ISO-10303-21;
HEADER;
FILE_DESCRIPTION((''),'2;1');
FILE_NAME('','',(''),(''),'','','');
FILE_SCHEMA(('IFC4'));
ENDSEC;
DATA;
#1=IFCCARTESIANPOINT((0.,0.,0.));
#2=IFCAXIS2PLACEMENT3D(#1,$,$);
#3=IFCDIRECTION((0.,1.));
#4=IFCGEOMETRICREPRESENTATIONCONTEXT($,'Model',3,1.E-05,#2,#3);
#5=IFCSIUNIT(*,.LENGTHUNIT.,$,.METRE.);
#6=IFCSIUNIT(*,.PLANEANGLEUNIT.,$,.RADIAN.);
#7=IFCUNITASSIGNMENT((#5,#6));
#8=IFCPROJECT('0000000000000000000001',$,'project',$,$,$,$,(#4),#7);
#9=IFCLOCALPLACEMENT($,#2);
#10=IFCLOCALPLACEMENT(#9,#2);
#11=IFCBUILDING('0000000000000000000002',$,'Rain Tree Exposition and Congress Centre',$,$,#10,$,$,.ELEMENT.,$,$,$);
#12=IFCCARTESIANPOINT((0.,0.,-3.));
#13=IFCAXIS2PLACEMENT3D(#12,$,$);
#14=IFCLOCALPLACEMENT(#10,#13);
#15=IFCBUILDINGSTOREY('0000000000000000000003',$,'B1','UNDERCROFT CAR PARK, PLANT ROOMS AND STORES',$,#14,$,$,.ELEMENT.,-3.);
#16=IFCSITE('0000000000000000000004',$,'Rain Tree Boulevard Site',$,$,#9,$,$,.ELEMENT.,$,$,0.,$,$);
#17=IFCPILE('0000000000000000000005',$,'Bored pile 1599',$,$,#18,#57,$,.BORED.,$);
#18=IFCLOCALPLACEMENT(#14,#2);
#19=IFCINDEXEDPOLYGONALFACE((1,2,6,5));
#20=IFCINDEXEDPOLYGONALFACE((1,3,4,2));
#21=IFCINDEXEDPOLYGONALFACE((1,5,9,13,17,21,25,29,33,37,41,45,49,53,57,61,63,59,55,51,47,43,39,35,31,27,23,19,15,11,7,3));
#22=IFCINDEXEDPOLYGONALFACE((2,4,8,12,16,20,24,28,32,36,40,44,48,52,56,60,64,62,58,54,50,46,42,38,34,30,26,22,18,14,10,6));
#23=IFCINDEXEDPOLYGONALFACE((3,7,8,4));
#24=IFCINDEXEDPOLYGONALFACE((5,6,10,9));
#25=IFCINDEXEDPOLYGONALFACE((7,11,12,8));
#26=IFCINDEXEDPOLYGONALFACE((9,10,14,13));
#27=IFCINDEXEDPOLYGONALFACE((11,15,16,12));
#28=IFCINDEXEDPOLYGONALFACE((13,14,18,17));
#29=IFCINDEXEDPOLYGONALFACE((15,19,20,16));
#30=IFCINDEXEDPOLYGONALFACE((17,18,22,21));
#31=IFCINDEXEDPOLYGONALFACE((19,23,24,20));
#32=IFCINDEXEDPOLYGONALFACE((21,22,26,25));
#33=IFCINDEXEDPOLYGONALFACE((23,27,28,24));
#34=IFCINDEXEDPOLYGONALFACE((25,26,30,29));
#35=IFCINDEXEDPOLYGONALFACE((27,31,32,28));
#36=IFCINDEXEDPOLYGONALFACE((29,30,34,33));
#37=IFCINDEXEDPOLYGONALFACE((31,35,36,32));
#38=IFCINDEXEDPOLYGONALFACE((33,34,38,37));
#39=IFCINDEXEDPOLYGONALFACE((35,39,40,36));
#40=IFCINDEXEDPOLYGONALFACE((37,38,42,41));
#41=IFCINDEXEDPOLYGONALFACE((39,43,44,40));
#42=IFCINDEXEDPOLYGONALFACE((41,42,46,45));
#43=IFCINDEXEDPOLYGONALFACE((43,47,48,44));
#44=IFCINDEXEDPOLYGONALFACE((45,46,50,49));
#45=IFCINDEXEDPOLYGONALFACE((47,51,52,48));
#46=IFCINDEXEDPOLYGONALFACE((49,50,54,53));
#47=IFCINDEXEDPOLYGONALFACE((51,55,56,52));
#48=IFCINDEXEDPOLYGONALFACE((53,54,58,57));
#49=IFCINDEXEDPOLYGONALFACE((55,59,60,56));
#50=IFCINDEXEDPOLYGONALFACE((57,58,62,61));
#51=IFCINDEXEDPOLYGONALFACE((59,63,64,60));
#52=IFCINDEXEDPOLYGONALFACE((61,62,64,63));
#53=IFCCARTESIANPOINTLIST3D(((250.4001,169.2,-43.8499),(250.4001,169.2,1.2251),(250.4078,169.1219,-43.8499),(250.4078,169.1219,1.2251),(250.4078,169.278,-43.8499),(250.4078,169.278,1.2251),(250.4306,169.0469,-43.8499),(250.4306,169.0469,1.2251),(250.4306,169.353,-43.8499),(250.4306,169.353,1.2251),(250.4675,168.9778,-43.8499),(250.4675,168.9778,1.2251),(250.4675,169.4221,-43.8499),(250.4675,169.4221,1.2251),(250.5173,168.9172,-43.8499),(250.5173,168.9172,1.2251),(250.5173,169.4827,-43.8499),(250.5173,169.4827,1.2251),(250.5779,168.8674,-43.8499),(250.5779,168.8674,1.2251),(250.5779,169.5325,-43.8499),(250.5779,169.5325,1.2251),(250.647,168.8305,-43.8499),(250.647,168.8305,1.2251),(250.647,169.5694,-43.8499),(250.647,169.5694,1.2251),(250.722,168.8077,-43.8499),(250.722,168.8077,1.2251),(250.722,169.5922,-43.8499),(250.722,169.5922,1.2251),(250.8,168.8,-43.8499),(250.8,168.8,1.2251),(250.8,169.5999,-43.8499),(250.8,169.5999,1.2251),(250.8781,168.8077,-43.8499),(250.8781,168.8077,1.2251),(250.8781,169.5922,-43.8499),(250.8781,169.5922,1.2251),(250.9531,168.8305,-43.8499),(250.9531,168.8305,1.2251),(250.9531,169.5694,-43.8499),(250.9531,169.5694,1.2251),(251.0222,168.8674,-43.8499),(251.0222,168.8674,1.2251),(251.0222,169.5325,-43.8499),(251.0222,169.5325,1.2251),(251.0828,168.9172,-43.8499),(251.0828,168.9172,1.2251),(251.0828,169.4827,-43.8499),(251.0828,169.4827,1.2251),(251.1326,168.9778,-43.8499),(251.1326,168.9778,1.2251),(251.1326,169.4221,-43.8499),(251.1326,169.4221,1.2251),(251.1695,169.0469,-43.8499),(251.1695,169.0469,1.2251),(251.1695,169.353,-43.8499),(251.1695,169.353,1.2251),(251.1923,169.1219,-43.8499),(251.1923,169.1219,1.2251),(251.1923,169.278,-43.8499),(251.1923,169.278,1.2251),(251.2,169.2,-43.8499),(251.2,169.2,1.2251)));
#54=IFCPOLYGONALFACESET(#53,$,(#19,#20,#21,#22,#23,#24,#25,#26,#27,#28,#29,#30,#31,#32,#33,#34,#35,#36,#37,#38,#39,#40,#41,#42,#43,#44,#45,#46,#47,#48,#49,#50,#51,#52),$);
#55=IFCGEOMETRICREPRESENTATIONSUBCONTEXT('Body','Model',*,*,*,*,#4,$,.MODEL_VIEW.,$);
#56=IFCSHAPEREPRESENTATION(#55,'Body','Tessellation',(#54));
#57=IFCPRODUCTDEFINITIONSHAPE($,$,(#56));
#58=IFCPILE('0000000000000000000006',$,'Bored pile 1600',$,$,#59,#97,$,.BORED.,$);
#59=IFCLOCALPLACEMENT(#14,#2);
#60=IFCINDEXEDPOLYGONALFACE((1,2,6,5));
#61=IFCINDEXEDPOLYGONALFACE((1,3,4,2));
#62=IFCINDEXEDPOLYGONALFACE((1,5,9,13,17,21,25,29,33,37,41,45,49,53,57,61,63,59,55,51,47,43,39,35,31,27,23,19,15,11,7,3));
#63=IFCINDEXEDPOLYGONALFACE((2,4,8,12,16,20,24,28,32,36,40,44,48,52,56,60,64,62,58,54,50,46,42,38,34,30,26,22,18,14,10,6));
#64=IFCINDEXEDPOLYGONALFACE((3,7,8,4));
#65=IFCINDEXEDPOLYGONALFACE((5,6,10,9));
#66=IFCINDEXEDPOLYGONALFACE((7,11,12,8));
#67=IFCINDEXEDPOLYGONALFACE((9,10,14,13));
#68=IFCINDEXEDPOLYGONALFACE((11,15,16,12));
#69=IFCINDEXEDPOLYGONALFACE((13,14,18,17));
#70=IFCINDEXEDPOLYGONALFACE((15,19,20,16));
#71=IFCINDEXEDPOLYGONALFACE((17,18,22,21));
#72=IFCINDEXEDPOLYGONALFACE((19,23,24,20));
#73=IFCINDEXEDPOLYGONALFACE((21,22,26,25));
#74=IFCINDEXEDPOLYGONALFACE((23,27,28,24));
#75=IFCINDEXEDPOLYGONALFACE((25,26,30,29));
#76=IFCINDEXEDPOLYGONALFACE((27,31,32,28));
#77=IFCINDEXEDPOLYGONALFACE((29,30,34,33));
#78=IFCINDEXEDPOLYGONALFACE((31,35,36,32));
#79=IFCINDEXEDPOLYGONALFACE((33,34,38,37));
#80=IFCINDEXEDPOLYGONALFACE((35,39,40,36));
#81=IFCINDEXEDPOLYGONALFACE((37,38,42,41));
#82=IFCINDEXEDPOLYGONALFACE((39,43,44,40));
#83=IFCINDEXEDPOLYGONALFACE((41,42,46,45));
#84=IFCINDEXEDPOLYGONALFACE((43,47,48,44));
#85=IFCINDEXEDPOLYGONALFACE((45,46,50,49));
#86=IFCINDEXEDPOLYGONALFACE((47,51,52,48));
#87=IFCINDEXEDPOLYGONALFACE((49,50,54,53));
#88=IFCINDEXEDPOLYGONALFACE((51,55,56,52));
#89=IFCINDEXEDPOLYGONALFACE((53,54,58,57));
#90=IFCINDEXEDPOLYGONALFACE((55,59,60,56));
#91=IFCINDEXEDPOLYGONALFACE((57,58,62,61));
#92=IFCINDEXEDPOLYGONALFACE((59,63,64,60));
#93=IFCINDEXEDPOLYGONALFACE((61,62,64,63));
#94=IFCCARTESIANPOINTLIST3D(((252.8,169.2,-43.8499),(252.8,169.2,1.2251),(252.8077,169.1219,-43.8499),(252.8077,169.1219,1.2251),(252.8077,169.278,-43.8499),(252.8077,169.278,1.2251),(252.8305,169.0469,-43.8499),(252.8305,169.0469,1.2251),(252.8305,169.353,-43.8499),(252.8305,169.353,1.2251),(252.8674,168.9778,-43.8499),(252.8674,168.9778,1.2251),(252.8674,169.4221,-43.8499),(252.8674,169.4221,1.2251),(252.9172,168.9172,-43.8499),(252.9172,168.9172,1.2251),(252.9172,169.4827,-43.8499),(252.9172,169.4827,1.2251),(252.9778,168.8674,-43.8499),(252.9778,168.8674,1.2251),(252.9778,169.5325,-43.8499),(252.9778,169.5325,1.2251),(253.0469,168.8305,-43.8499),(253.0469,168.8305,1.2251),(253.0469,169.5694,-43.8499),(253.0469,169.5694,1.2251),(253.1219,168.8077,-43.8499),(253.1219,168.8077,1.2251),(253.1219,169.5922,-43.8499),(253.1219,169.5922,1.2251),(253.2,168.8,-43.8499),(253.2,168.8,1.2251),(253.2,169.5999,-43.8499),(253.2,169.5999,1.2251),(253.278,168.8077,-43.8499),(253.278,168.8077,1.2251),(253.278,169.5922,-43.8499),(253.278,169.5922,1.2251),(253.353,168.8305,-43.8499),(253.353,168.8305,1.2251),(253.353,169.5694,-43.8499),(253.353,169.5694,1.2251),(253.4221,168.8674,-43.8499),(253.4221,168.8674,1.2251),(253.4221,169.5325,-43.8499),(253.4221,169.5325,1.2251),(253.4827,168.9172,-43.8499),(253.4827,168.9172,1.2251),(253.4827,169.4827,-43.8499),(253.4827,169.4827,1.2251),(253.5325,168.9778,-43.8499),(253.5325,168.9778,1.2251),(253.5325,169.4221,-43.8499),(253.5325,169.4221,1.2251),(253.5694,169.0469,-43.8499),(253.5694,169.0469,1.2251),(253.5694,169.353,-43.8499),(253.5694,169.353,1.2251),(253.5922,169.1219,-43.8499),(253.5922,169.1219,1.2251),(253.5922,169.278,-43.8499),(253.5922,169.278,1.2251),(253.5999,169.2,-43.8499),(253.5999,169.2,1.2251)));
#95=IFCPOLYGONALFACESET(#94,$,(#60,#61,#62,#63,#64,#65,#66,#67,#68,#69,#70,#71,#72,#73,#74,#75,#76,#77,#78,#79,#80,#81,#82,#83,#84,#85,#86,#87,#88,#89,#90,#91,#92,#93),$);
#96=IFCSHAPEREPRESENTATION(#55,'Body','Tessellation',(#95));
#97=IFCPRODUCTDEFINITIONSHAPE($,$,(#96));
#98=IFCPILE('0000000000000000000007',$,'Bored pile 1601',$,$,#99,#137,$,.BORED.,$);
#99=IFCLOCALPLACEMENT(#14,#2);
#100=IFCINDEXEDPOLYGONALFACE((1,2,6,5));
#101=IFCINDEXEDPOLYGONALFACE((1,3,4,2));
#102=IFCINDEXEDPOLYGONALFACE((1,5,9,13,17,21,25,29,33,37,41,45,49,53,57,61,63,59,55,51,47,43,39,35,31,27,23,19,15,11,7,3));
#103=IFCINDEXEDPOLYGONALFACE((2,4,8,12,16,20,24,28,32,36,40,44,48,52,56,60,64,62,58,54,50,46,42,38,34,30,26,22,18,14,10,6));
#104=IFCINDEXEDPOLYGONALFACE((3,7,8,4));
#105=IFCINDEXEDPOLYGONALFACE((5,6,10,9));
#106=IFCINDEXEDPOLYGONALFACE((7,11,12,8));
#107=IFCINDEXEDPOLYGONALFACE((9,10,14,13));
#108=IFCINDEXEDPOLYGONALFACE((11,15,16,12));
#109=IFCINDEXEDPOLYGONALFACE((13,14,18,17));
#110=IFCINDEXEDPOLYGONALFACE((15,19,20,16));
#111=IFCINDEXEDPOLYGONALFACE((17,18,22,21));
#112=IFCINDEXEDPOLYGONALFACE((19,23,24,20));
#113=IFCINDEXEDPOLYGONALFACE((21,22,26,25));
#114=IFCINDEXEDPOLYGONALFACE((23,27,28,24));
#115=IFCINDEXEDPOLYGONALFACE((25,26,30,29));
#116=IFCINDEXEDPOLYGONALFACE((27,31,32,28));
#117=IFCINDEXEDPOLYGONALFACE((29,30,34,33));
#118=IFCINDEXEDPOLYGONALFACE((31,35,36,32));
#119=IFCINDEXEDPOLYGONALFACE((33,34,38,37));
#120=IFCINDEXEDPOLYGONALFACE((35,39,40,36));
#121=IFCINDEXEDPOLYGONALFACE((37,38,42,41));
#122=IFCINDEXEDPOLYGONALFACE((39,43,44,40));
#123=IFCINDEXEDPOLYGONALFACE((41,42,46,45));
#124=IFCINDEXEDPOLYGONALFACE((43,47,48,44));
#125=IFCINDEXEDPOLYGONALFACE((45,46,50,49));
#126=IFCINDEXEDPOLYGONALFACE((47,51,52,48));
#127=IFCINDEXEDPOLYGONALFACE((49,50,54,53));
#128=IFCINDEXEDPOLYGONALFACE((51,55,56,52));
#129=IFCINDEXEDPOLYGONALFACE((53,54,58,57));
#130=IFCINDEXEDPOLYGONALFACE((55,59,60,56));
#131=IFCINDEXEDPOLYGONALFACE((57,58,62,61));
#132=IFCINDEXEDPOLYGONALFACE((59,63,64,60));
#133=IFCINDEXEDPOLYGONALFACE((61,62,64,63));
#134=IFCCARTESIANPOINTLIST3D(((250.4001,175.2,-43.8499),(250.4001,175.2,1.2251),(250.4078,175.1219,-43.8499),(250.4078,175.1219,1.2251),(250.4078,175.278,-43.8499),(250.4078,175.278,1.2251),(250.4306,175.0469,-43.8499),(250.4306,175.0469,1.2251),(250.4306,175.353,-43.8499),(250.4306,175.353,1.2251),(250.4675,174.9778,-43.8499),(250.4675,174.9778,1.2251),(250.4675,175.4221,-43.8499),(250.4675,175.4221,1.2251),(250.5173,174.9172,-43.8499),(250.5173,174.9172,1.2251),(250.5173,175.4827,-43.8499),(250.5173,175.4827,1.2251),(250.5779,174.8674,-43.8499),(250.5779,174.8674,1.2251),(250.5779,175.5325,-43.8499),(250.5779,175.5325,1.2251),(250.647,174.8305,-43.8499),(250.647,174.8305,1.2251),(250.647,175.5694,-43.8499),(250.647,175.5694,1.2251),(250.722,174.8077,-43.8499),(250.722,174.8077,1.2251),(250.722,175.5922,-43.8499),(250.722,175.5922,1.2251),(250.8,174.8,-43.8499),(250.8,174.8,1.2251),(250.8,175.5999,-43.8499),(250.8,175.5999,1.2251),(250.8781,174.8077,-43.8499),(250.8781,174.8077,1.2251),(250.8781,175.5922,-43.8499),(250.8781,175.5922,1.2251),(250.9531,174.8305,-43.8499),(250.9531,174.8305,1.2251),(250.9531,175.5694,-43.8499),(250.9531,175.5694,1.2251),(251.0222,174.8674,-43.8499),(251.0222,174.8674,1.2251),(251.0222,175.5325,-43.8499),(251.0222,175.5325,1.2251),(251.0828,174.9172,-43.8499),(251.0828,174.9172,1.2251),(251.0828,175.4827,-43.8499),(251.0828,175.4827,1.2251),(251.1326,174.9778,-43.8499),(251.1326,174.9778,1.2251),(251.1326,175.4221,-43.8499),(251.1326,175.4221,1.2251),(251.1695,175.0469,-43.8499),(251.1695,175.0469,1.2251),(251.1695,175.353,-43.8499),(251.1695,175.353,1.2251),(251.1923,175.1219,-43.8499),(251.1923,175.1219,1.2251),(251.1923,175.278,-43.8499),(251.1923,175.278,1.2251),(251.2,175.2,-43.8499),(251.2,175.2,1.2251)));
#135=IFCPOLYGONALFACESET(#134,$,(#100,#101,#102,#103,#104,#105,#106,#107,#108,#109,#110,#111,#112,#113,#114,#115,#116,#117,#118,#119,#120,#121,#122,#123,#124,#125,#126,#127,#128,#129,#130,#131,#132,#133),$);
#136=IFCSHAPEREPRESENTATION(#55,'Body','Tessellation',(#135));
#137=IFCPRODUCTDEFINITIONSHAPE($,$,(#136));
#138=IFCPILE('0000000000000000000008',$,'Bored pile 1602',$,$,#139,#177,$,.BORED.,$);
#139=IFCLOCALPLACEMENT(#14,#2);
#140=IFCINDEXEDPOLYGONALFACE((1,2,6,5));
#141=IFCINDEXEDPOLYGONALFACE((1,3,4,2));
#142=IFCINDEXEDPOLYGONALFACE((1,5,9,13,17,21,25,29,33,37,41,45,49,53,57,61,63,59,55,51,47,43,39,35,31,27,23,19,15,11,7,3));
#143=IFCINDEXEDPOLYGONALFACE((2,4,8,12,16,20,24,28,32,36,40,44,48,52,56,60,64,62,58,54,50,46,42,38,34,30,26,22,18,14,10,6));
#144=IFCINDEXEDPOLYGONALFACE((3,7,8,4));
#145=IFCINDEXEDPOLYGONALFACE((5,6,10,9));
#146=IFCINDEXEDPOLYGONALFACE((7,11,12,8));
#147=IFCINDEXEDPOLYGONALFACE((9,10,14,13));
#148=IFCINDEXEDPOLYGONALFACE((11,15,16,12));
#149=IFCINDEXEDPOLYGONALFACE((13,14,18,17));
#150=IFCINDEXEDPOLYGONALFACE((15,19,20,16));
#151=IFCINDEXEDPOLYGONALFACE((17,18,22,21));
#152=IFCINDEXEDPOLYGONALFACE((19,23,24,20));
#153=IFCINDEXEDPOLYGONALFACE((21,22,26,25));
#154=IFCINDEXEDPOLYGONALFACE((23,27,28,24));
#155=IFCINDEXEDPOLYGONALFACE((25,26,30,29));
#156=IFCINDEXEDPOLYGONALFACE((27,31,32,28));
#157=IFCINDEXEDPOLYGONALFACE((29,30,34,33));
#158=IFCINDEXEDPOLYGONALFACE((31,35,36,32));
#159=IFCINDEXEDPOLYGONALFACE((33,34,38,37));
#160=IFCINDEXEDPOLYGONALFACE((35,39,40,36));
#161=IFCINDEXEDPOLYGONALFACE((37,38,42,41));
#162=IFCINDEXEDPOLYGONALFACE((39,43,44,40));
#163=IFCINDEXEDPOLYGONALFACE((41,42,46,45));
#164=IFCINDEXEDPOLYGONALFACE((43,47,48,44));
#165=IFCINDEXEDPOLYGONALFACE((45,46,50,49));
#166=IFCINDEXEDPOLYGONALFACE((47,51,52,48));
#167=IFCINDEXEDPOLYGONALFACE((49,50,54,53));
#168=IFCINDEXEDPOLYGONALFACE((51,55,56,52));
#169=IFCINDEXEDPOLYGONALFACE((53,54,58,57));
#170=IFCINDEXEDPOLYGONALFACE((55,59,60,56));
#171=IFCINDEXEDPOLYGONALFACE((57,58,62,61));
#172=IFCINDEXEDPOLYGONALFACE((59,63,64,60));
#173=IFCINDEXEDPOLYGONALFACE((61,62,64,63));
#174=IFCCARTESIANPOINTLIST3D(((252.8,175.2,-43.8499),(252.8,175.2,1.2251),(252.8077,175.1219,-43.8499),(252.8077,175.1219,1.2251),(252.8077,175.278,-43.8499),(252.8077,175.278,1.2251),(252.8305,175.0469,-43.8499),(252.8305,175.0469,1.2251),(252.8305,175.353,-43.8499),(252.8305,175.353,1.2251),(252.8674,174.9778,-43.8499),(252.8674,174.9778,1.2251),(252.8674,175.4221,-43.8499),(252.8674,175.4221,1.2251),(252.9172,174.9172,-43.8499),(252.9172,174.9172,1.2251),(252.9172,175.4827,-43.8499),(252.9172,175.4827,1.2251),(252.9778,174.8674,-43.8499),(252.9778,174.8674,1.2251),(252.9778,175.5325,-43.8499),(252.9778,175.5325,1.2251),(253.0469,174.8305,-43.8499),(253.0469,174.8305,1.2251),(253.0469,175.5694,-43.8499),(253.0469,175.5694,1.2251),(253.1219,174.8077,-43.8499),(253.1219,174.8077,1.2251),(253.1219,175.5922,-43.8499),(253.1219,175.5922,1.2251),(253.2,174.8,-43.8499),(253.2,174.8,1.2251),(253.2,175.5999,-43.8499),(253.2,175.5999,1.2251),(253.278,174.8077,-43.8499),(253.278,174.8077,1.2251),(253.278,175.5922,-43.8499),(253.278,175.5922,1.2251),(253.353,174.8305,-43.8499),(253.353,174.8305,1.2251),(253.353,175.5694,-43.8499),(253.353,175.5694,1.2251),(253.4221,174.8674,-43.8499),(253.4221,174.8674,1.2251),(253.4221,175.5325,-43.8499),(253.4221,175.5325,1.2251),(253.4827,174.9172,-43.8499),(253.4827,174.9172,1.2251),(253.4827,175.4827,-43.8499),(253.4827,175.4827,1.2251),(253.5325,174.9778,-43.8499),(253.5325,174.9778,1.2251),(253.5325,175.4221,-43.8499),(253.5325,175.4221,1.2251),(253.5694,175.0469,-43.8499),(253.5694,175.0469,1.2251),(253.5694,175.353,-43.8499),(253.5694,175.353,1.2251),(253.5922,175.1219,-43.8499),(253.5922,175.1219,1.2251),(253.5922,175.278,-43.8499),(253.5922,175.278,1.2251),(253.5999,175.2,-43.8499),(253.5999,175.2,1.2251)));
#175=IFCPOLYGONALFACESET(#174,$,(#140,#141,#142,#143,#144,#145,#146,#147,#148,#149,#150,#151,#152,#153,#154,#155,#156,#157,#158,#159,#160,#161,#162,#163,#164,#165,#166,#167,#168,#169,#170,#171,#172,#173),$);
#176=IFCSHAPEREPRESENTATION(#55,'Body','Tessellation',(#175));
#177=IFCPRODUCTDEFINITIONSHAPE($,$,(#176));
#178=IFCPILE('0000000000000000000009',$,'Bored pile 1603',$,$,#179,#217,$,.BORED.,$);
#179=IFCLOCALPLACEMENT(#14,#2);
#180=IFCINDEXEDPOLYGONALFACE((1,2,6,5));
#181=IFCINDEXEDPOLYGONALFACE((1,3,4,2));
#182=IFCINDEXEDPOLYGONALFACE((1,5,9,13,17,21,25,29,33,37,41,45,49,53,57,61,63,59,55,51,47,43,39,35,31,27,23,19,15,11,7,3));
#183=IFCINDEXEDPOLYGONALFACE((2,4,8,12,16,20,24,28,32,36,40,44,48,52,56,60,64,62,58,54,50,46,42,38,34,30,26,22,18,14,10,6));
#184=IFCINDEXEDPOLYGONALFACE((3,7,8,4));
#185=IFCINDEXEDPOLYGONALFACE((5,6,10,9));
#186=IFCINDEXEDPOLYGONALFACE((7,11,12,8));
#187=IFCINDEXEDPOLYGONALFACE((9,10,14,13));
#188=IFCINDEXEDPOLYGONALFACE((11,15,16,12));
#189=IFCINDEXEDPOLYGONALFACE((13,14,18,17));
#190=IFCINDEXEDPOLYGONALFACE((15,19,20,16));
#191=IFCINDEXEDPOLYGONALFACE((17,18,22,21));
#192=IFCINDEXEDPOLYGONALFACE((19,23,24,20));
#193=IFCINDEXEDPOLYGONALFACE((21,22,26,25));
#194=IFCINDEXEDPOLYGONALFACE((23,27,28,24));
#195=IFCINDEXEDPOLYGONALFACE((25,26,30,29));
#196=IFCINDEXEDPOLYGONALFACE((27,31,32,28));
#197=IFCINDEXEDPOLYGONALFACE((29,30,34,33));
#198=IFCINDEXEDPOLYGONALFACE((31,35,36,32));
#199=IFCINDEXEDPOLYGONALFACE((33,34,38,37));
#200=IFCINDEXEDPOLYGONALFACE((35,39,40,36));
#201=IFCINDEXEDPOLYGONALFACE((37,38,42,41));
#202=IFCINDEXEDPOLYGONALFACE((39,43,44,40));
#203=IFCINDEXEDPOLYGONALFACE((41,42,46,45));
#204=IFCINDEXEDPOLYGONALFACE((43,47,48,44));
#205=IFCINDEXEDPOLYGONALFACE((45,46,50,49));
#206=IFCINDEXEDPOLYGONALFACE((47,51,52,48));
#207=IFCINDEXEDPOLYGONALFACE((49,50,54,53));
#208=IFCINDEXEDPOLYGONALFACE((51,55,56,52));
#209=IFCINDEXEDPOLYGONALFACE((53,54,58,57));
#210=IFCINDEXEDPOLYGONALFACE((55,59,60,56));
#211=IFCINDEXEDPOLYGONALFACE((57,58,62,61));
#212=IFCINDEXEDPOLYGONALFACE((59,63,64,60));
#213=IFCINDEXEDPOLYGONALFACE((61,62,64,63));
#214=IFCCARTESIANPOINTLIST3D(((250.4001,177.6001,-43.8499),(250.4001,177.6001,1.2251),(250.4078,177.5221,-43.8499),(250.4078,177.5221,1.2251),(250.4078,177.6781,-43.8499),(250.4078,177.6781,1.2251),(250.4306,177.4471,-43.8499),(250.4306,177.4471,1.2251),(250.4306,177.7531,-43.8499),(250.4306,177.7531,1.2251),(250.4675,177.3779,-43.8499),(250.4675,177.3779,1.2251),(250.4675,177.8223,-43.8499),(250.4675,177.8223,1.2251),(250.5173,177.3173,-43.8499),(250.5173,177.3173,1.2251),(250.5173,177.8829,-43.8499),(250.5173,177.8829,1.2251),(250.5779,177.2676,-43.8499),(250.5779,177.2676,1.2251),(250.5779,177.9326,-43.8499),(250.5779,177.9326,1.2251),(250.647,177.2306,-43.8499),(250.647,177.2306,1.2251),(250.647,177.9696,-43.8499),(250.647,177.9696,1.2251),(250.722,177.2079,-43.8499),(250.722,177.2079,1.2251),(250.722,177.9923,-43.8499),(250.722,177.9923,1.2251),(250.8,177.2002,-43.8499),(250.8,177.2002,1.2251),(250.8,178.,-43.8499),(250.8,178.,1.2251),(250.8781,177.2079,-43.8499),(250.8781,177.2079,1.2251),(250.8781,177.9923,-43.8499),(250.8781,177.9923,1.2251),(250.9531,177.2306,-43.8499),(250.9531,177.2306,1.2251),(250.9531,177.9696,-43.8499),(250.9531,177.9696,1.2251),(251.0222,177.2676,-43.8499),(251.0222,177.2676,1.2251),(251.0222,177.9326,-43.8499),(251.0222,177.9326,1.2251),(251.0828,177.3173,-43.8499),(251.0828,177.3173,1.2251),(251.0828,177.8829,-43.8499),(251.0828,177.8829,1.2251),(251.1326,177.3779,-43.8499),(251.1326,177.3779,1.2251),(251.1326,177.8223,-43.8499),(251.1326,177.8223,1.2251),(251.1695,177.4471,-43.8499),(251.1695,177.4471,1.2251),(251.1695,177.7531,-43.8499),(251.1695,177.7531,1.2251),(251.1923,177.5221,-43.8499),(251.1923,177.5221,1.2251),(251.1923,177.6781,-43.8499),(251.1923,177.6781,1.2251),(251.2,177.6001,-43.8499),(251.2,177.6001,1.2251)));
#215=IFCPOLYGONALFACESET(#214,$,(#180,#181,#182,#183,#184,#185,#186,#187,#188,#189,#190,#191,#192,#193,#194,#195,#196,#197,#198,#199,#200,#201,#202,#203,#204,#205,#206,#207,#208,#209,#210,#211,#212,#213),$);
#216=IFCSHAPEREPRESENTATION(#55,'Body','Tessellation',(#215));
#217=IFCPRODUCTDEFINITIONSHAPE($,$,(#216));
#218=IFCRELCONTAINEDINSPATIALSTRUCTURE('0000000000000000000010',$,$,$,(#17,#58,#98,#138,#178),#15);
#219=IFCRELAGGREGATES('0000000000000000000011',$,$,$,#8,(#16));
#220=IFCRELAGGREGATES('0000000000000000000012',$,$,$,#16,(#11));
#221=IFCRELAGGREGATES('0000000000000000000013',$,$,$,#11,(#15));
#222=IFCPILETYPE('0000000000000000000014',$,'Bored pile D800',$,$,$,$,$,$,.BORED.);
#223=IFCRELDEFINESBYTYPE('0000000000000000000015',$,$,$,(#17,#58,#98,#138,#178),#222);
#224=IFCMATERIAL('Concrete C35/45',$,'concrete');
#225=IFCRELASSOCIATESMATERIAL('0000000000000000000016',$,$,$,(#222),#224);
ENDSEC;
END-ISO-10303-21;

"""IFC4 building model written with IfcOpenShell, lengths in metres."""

from ifc_helpers import new_model, si_unit, direction, frame, origin, origin_2d, place, context, subcontext, project, spatial, circle, extrude, material, material_profile, profile_set, type_object, element, save


model = new_model("IFC4")

# Units and contexts
model_context = context("Model", 3, precision=1e-05, world=origin(), true_north=direction((0.0, 1.0)))
body_context = subcontext(model_context, "Body", "Model", "MODEL_VIEW")
ifc_project = project(units=[si_unit("LENGTHUNIT", "METRE"), si_unit("PLANEANGLEUNIT", "RADIAN")], contexts=[model_context])

# Site, building, storey
site_placement = place(None, origin())
site = spatial("IfcSite", under=ifc_project, at=site_placement, Name="Rain Tree Boulevard Site", CompositionType="ELEMENT", RefElevation=0.0)
building_placement = place(site_placement, origin())
building = spatial("IfcBuilding", under=site, at=building_placement, Name="Rain Tree Exposition and Congress Centre", CompositionType="ELEMENT")
storey_placement = place(building_placement, frame((0.0, 0.0, -3.0)))
storey = spatial("IfcBuildingStorey", under=building, at=storey_placement, Name="B1", Description="UNDERCROFT CAR PARK, PLANT ROOMS AND STORES", CompositionType="ELEMENT", Elevation=-3.0)

# Piles
ifc_material_1 = material(Name="Concrete C35/45", Category="concrete")
ifc_material_profile_1 = material_profile(ifc_material_1, circle(Radius=0.3999, at=origin_2d()), Name="D800")
ifc_profile_set_1 = profile_set([ifc_material_profile_1], Name="Concrete C35/45")
pile_type_1 = type_object("IfcPileType", Name="Bored pile D800", PredefinedType="BORED", material=ifc_profile_set_1)
for number, where, z_axis, x_axis, name in (
    (1, (250.8, 169.2, 1.2251), (0.0, 0.0, -1.0), (1.0, 0.0, 0.0), "Bored pile 1599"),
    (2, (253.2, 169.2, 1.2251), (0.0, 0.0, -1.0), (1.0, 0.0, 0.0), "Bored pile 1600"),
    (3, (250.8, 175.2, 1.2251), (0.0, 0.0, -1.0), (1.0, 0.0, 0.0), "Bored pile 1601"),
    (4, (253.2, 175.2, 1.2251), (0.0, 0.0, -1.0), (1.0, 0.0, 0.0), "Bored pile 1602"),
    (5, (250.8, 177.6001, 1.2251), (0.0, 0.0, -1.0), (1.0, 0.0, 0.0), "Bored pile 1603"),
):
    element("IfcPile", number, at=place(storey_placement, frame(where, z_axis=z_axis, x_axis=x_axis)), inside=storey, type_object=pile_type_1, Name=name, PredefinedType="BORED", context=body_context, shape_type="SweptSolid", body=[
        extrude(circle(Radius=0.3999, at=origin_2d()), origin(), (0.0, 0.0, 1.0), 45.075),
    ])

save(model, "model.ifc")
